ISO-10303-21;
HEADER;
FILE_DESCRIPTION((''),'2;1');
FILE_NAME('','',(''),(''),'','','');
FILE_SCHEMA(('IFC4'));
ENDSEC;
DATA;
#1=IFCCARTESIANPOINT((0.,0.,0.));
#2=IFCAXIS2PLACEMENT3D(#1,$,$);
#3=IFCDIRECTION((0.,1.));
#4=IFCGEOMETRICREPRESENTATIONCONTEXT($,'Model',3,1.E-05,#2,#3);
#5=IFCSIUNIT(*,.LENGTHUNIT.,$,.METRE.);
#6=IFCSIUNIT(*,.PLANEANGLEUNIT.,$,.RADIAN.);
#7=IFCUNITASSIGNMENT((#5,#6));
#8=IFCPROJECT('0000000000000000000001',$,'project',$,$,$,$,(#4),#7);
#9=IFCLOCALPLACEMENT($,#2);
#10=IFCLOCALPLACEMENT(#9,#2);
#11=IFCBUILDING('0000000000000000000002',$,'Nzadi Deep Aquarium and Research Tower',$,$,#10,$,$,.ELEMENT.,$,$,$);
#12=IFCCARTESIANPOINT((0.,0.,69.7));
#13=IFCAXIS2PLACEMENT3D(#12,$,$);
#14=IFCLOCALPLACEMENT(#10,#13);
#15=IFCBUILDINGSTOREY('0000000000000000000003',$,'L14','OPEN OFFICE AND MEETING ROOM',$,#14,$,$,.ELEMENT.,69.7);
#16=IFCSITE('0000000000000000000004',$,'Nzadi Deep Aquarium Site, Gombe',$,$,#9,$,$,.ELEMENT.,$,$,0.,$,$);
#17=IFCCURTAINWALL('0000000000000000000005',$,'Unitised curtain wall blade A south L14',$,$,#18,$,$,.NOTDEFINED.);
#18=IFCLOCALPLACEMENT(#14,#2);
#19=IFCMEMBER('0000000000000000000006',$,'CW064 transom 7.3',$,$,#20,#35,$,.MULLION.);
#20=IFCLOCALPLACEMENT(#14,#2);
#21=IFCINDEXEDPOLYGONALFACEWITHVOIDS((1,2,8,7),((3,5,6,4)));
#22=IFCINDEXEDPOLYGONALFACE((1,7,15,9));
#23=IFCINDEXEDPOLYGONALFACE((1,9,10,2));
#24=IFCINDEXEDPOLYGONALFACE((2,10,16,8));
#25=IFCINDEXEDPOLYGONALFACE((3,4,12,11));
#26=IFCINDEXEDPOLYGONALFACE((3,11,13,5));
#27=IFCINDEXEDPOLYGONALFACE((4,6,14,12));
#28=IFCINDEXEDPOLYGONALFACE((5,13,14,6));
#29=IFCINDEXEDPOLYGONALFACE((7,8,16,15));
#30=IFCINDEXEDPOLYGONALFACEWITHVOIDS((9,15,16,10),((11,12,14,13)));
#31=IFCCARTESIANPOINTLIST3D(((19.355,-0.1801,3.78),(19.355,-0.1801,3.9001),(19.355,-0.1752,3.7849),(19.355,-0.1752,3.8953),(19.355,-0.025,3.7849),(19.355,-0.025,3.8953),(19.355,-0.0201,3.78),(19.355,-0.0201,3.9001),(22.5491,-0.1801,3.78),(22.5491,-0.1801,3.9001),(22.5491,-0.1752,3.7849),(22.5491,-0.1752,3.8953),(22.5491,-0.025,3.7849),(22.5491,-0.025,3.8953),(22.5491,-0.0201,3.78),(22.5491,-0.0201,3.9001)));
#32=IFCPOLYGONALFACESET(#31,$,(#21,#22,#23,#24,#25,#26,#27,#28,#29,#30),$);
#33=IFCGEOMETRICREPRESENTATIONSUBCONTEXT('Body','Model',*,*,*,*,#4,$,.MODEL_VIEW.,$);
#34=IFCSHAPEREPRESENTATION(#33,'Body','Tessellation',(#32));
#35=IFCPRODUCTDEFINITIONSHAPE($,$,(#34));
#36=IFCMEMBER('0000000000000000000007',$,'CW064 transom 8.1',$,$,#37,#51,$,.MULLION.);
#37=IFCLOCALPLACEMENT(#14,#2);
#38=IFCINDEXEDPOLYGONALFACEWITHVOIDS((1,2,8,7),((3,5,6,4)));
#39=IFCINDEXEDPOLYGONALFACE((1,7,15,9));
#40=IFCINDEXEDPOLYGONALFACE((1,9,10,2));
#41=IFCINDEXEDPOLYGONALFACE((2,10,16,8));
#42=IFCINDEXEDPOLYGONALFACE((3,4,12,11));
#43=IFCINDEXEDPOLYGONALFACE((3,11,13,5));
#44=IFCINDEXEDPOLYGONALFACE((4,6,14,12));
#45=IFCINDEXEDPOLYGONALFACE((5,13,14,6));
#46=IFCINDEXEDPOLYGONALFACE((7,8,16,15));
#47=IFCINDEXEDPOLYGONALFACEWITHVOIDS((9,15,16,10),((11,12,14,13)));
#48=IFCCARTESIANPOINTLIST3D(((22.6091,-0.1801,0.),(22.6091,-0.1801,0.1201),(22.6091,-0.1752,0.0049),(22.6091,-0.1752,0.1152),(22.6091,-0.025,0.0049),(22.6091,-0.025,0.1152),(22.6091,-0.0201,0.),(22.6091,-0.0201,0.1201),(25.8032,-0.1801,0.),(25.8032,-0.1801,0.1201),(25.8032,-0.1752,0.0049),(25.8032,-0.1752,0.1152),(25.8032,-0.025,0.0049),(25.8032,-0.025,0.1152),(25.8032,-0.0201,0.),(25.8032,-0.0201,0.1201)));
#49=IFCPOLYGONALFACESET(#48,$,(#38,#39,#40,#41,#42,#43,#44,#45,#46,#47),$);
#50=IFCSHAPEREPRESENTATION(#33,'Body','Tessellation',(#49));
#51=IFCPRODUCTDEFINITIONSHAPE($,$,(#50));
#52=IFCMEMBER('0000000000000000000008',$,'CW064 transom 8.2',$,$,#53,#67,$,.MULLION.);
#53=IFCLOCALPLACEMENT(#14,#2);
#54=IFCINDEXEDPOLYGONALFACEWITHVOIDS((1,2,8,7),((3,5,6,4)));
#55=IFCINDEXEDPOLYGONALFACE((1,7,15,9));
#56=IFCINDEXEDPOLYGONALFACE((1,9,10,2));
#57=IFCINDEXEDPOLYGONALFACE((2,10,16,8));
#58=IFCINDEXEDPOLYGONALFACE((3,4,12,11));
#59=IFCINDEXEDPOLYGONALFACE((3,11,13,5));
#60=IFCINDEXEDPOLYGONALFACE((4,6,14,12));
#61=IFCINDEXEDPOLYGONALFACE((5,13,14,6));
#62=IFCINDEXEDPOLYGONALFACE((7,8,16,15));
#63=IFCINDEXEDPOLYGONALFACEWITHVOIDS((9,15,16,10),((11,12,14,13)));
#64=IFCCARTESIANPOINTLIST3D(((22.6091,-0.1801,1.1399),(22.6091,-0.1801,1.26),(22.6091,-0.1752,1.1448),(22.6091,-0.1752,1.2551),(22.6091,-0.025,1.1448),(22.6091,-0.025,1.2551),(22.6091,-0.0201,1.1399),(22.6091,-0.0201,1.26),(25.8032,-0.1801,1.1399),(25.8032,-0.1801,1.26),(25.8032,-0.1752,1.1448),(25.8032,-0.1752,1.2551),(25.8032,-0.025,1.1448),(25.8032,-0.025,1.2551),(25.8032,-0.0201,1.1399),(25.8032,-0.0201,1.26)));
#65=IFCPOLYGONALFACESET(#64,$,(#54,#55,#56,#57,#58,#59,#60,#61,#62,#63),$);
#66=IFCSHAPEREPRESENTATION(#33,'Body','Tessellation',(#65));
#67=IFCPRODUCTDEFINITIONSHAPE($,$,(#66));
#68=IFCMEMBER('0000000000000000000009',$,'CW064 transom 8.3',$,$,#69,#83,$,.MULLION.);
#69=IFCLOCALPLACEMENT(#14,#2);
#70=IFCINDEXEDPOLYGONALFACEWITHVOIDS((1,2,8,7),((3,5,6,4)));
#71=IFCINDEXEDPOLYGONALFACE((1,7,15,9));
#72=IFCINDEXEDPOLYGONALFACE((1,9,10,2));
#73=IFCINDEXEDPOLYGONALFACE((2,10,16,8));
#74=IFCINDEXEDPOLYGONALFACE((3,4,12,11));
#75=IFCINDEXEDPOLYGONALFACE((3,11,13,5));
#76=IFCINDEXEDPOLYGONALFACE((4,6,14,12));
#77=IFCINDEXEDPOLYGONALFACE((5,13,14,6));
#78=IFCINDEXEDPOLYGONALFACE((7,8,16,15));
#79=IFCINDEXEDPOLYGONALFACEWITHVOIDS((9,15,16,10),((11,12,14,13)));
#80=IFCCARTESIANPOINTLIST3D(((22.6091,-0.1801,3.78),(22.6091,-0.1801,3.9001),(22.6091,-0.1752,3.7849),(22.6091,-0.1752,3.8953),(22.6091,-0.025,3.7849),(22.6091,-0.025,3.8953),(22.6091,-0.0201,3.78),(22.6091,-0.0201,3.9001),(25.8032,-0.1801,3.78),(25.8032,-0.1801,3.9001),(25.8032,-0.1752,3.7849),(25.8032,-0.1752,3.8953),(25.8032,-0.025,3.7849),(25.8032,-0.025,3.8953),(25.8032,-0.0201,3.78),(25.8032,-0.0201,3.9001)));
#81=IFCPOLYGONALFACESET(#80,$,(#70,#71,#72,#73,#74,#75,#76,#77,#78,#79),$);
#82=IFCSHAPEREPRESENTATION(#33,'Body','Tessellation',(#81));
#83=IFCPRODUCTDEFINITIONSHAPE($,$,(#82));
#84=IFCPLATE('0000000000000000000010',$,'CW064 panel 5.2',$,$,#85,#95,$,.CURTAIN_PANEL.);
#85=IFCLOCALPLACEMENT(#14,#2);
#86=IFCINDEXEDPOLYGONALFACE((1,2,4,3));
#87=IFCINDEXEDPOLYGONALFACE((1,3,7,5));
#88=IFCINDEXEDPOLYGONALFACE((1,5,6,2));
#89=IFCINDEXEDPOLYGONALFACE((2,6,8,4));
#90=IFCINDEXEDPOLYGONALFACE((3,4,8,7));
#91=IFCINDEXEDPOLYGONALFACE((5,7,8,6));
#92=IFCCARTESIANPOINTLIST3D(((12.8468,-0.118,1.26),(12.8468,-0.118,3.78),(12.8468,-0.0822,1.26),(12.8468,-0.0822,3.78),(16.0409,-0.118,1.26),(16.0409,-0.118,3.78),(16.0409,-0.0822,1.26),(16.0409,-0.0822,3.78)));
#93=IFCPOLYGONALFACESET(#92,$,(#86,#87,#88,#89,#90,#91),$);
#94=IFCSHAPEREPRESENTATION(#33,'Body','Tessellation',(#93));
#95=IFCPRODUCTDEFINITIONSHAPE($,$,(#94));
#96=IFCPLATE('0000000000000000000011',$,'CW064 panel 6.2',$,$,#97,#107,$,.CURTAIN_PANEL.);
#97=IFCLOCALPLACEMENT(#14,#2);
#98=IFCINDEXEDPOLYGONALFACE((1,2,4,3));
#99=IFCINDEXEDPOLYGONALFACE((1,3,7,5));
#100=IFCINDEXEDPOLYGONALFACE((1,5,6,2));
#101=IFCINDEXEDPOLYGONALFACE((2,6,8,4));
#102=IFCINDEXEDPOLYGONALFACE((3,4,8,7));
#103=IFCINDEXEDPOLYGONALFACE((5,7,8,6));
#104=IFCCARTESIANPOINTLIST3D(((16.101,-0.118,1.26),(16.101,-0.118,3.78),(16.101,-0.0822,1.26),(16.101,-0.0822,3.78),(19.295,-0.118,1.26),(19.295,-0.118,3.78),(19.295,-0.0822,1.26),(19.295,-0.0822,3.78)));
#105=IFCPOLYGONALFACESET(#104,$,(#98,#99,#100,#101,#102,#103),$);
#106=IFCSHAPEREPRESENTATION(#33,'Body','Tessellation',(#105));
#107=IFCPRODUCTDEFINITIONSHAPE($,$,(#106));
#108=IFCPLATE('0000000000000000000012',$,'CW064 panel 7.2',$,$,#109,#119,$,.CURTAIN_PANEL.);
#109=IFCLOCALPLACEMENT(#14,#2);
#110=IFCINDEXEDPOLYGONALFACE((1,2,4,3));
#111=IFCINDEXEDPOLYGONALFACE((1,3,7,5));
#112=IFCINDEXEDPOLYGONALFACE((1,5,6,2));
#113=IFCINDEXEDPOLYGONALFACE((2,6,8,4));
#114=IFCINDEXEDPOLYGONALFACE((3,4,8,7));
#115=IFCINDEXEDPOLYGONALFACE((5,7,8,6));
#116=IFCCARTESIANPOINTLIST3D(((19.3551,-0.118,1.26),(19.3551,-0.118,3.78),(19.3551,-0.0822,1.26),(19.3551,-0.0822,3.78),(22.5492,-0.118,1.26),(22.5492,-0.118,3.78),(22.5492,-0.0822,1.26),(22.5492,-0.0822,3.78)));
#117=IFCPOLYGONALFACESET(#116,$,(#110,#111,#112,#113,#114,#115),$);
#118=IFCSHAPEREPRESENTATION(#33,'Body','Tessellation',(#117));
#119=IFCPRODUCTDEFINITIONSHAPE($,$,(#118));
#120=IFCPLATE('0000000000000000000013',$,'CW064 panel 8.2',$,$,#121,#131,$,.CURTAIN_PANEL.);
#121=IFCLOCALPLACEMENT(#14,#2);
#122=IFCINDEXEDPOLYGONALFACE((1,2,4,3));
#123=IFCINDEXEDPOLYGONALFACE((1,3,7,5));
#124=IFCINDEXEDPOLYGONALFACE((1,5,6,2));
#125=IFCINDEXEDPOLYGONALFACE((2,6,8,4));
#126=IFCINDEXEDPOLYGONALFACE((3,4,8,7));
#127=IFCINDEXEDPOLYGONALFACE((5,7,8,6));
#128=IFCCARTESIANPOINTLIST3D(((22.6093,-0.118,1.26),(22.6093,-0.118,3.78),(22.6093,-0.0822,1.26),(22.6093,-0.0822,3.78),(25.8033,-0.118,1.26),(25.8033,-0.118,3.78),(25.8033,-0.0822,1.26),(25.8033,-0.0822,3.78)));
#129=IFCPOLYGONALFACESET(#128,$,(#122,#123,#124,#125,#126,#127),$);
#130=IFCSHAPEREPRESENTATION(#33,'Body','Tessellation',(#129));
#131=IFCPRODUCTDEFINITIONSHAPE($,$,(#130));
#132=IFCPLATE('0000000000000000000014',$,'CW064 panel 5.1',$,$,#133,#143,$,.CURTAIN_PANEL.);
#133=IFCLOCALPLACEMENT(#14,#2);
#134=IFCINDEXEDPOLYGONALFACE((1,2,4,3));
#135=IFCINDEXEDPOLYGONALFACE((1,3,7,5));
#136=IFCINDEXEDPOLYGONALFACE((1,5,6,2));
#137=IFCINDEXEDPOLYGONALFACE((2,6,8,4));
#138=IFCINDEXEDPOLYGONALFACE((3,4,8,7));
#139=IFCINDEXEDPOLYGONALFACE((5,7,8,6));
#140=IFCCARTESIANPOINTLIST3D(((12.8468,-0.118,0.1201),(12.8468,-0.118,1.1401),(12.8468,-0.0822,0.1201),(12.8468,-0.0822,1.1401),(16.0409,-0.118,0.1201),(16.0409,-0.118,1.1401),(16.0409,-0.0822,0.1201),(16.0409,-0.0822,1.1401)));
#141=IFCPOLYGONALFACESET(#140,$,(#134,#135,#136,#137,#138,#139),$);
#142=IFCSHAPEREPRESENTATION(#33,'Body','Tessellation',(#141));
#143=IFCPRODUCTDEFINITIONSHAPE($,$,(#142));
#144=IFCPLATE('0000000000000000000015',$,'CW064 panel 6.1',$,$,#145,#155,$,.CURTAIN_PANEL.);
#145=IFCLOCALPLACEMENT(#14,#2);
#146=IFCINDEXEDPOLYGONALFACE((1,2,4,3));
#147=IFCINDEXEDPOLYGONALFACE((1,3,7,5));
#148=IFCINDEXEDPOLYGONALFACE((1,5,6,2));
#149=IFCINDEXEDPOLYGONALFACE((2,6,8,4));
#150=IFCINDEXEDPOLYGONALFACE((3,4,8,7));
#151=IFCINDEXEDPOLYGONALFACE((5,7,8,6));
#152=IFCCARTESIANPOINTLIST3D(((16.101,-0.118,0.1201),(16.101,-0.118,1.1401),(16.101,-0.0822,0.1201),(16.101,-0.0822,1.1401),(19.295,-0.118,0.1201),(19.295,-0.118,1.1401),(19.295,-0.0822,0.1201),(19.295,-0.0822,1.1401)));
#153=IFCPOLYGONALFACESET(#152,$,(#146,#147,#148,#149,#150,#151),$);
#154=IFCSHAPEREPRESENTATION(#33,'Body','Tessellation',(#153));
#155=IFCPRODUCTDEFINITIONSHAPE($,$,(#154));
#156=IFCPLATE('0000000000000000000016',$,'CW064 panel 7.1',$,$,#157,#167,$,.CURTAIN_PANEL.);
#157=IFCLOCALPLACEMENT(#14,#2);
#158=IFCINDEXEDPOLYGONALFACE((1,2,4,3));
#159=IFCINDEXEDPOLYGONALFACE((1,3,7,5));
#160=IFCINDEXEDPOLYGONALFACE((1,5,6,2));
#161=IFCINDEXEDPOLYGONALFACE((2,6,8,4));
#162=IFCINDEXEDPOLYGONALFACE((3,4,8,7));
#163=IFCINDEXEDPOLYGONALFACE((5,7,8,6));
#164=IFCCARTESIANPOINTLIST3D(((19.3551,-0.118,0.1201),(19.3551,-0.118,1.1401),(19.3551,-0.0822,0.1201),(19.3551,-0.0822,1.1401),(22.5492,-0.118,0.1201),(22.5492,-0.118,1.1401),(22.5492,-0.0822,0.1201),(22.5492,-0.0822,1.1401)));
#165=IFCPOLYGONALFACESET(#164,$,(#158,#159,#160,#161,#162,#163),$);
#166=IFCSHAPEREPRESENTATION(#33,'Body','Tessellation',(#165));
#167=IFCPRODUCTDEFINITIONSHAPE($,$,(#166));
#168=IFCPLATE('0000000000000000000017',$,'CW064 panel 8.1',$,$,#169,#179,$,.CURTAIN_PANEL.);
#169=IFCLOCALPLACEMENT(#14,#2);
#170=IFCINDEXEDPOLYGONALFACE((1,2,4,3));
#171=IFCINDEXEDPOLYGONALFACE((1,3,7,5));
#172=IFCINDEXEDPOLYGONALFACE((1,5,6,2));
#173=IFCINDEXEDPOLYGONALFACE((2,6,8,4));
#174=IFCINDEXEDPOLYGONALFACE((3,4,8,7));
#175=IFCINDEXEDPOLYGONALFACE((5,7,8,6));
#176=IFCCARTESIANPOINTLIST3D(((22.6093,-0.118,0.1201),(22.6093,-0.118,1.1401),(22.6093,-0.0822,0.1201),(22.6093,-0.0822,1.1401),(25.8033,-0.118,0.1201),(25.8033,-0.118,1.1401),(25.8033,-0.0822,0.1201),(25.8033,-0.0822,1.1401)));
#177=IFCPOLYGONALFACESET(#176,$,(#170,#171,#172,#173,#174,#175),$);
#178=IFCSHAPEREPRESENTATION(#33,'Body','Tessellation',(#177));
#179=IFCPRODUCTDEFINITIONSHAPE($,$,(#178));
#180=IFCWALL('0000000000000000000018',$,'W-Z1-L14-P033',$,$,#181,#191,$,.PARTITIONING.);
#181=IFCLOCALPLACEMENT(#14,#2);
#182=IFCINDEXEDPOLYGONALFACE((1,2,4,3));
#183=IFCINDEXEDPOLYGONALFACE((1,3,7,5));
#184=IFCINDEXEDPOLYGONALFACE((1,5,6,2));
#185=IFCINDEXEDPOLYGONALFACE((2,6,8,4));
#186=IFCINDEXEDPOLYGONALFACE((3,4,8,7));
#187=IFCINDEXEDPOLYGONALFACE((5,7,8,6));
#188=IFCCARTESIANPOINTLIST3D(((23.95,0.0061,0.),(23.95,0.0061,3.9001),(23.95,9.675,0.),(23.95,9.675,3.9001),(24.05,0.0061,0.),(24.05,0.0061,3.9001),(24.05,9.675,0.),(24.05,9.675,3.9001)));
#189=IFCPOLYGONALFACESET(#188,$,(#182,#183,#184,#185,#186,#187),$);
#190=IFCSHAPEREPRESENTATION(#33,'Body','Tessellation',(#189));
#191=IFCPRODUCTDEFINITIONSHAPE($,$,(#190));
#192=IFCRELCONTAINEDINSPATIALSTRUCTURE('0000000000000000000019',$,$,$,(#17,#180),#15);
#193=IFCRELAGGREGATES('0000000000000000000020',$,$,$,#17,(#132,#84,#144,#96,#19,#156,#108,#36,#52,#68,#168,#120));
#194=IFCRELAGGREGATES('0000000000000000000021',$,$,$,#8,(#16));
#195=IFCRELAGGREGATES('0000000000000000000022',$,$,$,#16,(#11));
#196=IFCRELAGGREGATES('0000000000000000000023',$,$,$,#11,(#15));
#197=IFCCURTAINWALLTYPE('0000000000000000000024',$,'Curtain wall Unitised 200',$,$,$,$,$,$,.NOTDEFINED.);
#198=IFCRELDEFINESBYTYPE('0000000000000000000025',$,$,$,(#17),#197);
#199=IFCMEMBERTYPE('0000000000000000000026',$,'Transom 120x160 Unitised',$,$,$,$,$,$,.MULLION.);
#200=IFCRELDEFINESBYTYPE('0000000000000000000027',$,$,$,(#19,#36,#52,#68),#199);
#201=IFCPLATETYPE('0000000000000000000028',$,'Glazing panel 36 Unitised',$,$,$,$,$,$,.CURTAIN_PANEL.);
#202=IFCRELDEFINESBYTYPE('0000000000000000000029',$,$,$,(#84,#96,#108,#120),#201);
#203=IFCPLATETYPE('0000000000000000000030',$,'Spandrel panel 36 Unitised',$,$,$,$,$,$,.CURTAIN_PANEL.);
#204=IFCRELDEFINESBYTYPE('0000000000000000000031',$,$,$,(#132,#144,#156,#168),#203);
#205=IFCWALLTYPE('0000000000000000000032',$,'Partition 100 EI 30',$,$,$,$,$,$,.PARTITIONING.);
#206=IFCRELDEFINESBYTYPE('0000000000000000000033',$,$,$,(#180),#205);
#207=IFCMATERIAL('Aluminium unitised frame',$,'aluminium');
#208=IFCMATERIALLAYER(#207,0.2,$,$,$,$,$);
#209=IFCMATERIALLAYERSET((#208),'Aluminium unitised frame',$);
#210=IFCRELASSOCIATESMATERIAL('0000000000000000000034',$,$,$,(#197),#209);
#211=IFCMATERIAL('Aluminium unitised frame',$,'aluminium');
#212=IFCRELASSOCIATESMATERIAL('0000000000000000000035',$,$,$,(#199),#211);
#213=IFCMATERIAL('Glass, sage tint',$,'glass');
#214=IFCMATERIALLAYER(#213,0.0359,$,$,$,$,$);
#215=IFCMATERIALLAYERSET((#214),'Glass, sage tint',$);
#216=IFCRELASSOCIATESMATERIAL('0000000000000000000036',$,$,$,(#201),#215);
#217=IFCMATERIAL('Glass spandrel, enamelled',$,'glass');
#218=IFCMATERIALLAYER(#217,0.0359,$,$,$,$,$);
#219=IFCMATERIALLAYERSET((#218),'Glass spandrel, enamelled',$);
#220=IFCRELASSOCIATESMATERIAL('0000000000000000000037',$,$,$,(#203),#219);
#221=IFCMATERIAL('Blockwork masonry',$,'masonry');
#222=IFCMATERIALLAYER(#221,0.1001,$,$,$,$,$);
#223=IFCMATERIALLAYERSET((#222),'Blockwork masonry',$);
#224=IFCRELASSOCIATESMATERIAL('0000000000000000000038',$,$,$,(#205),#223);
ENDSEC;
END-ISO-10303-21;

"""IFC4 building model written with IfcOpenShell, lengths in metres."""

from ifc_helpers import new_model, si_unit, direction, frame, frame_2d, origin, origin_2d, place, context, subcontext, project, spatial, rectangle, hollow_rectangle, extrude, material, layer, layer_set, material_profile, profile_set, type_object, element, aggregate, save


model = new_model("IFC4")

# Units and contexts
model_context = context("Model", 3, precision=1e-05, world=origin(), true_north=direction((0.0, 1.0)))
body_context = subcontext(model_context, "Body", "Model", "MODEL_VIEW")
ifc_project = project(units=[si_unit("LENGTHUNIT", "METRE"), si_unit("PLANEANGLEUNIT", "RADIAN")], contexts=[model_context])

# Site, building, storey
site_placement = place(None, origin())
site = spatial("IfcSite", under=ifc_project, at=site_placement, Name="Nzadi Deep Aquarium Site, Gombe", CompositionType="ELEMENT", RefElevation=0.0)
building_placement = place(site_placement, origin())
building = spatial("IfcBuilding", under=site, at=building_placement, Name="Nzadi Deep Aquarium and Research Tower", CompositionType="ELEMENT")
storey_placement = place(building_placement, frame((0.0, 0.0, 69.7)))
storey = spatial("IfcBuildingStorey", under=building, at=storey_placement, Name="L14", Description="OPEN OFFICE AND MEETING ROOM", CompositionType="ELEMENT", Elevation=69.7)

# Curtain wall
ifc_material_1 = material(Name="Aluminium unitised frame", Category="aluminium")
ifc_layer_1 = layer(ifc_material_1, 0.2)
ifc_layer_set_1 = layer_set([ifc_layer_1], Name="Aluminium unitised frame")
curtain_wall_type = type_object("IfcCurtainWallType", Name="Curtain wall Unitised 200", PredefinedType="NOTDEFINED", material=ifc_layer_set_1)
curtain_wall_placement = place(storey_placement, origin())
curtain_wall = element("IfcCurtainWall", 1, at=curtain_wall_placement, inside=storey, type_object=curtain_wall_type, Name="Unitised curtain wall blade A south L14", PredefinedType="NOTDEFINED")

# Members
ifc_material_2 = material(Name="Aluminium unitised frame", Category="aluminium")
ifc_material_profile_1 = material_profile(ifc_material_2, hollow_rectangle(XDim=0.1599, YDim=0.1201, WallThickness=0.0049, at=origin_2d()))
ifc_profile_set_1 = profile_set([ifc_material_profile_1], Name="Aluminium unitised frame")
member_type_1 = type_object("IfcMemberType", Name="Transom 120x160 Unitised", PredefinedType="MULLION", material=ifc_profile_set_1)
member_1_placement = place(storey_placement, frame((19.355, -0.1001, 3.8401), z_axis=(1.0, 0.0, 0.0), x_axis=(0.0, 1.0, 0.0)))
member_1 = element("IfcMember", 2, at=member_1_placement, type_object=member_type_1, Name="CW064 transom 7.3", PredefinedType="MULLION", context=body_context, shape_type="SweptSolid", body=[
    extrude(hollow_rectangle(XDim=0.1599, YDim=0.1201, WallThickness=0.0049, at=origin_2d()), origin(), (0.0, 0.0, 1.0), 3.1941),
])
member_2_placement = place(storey_placement, frame((22.6091, -0.1001, 0.0601), z_axis=(1.0, 0.0, 0.0), x_axis=(0.0, 1.0, 0.0)))
member_2 = element("IfcMember", 3, at=member_2_placement, type_object=member_type_1, Name="CW064 transom 8.1", PredefinedType="MULLION", context=body_context, shape_type="SweptSolid", body=[
    extrude(hollow_rectangle(XDim=0.1599, YDim=0.1201, WallThickness=0.0049, at=origin_2d()), origin(), (0.0, 0.0, 1.0), 3.1941),
])
member_3_placement = place(storey_placement, frame((22.6091, -0.1001, 1.2), z_axis=(1.0, 0.0, 0.0), x_axis=(0.0, 1.0, 0.0)))
member_3 = element("IfcMember", 4, at=member_3_placement, type_object=member_type_1, Name="CW064 transom 8.2", PredefinedType="MULLION", context=body_context, shape_type="SweptSolid", body=[
    extrude(hollow_rectangle(XDim=0.1599, YDim=0.1201, WallThickness=0.0049, at=origin_2d()), origin(), (0.0, 0.0, 1.0), 3.1941),
])
member_4_placement = place(storey_placement, frame((22.6091, -0.1001, 3.8401), z_axis=(1.0, 0.0, 0.0), x_axis=(0.0, 1.0, 0.0)))
member_4 = element("IfcMember", 5, at=member_4_placement, type_object=member_type_1, Name="CW064 transom 8.3", PredefinedType="MULLION", context=body_context, shape_type="SweptSolid", body=[
    extrude(hollow_rectangle(XDim=0.1599, YDim=0.1201, WallThickness=0.0049, at=origin_2d()), origin(), (0.0, 0.0, 1.0), 3.1941),
])

# Plates
ifc_material_3 = material(Name="Glass, sage tint", Category="glass")
ifc_layer_2 = layer(ifc_material_3, 0.0359)
ifc_layer_set_2 = layer_set([ifc_layer_2], Name="Glass, sage tint")
plate_type_1 = type_object("IfcPlateType", Name="Glazing panel 36 Unitised", PredefinedType="CURTAIN_PANEL", material=ifc_layer_set_2)
plate_1_placement = place(storey_placement, frame((14.4438, -0.1001, 1.26), z_axis=(0.0, 0.0, 1.0), x_axis=(1.0, 0.0, 0.0)))
plate_1 = element("IfcPlate", 6, at=plate_1_placement, type_object=plate_type_1, Name="CW064 panel 5.2", PredefinedType="CURTAIN_PANEL", context=body_context, shape_type="SweptSolid", body=[
    extrude(rectangle(XDim=3.1941, YDim=0.0359, at=origin_2d()), origin(), (0.0, 0.0, 1.0), 2.52),
])
plate_2_placement = place(storey_placement, frame((17.698, -0.1001, 1.26), z_axis=(0.0, 0.0, 1.0), x_axis=(1.0, 0.0, 0.0)))
plate_2 = element("IfcPlate", 7, at=plate_2_placement, type_object=plate_type_1, Name="CW064 panel 6.2", PredefinedType="CURTAIN_PANEL", context=body_context, shape_type="SweptSolid", body=[
    extrude(rectangle(XDim=3.1941, YDim=0.0359, at=origin_2d()), origin(), (0.0, 0.0, 1.0), 2.52),
])
plate_3_placement = place(storey_placement, frame((20.9521, -0.1001, 1.26), z_axis=(0.0, 0.0, 1.0), x_axis=(1.0, 0.0, 0.0)))
plate_3 = element("IfcPlate", 8, at=plate_3_placement, type_object=plate_type_1, Name="CW064 panel 7.2", PredefinedType="CURTAIN_PANEL", context=body_context, shape_type="SweptSolid", body=[
    extrude(rectangle(XDim=3.1941, YDim=0.0359, at=origin_2d()), origin(), (0.0, 0.0, 1.0), 2.52),
])
plate_4_placement = place(storey_placement, frame((24.2063, -0.1001, 1.26), z_axis=(0.0, 0.0, 1.0), x_axis=(1.0, 0.0, 0.0)))
plate_4 = element("IfcPlate", 9, at=plate_4_placement, type_object=plate_type_1, Name="CW064 panel 8.2", PredefinedType="CURTAIN_PANEL", context=body_context, shape_type="SweptSolid", body=[
    extrude(rectangle(XDim=3.1941, YDim=0.0359, at=origin_2d()), origin(), (0.0, 0.0, 1.0), 2.52),
])
ifc_material_4 = material(Name="Glass spandrel, enamelled", Category="glass")
ifc_layer_3 = layer(ifc_material_4, 0.0359)
ifc_layer_set_3 = layer_set([ifc_layer_3], Name="Glass spandrel, enamelled")
plate_type_2 = type_object("IfcPlateType", Name="Spandrel panel 36 Unitised", PredefinedType="CURTAIN_PANEL", material=ifc_layer_set_3)
plate_5_placement = place(storey_placement, frame((14.4438, -0.1001, 0.1201), z_axis=(0.0, 0.0, 1.0), x_axis=(1.0, 0.0, 0.0)))
plate_5 = element("IfcPlate", 10, at=plate_5_placement, type_object=plate_type_2, Name="CW064 panel 5.1", PredefinedType="CURTAIN_PANEL", context=body_context, shape_type="SweptSolid", body=[
    extrude(rectangle(XDim=3.1941, YDim=0.0359, at=origin_2d()), origin(), (0.0, 0.0, 1.0), 1.02),
])
plate_6_placement = place(storey_placement, frame((17.698, -0.1001, 0.1201), z_axis=(0.0, 0.0, 1.0), x_axis=(1.0, 0.0, 0.0)))
plate_6 = element("IfcPlate", 11, at=plate_6_placement, type_object=plate_type_2, Name="CW064 panel 6.1", PredefinedType="CURTAIN_PANEL", context=body_context, shape_type="SweptSolid", body=[
    extrude(rectangle(XDim=3.1941, YDim=0.0359, at=origin_2d()), origin(), (0.0, 0.0, 1.0), 1.02),
])
plate_7_placement = place(storey_placement, frame((20.9521, -0.1001, 0.1201), z_axis=(0.0, 0.0, 1.0), x_axis=(1.0, 0.0, 0.0)))
plate_7 = element("IfcPlate", 12, at=plate_7_placement, type_object=plate_type_2, Name="CW064 panel 7.1", PredefinedType="CURTAIN_PANEL", context=body_context, shape_type="SweptSolid", body=[
    extrude(rectangle(XDim=3.1941, YDim=0.0359, at=origin_2d()), origin(), (0.0, 0.0, 1.0), 1.02),
])
plate_8_placement = place(storey_placement, frame((24.2063, -0.1001, 0.1201), z_axis=(0.0, 0.0, 1.0), x_axis=(1.0, 0.0, 0.0)))
plate_8 = element("IfcPlate", 13, at=plate_8_placement, type_object=plate_type_2, Name="CW064 panel 8.1", PredefinedType="CURTAIN_PANEL", context=body_context, shape_type="SweptSolid", body=[
    extrude(rectangle(XDim=3.1941, YDim=0.0359, at=origin_2d()), origin(), (0.0, 0.0, 1.0), 1.02),
])
aggregate(curtain_wall, [plate_5, plate_1, plate_6, plate_2, member_1, plate_7, plate_3, member_2, member_3, member_4, plate_8, plate_4])

# Wall
ifc_material_5 = material(Name="Blockwork masonry", Category="masonry")
ifc_layer_4 = layer(ifc_material_5, 0.1001)
ifc_layer_set_4 = layer_set([ifc_layer_4], Name="Blockwork masonry")
wall_type = type_object("IfcWallType", Name="Partition 100 EI 30", PredefinedType="PARTITIONING", material=ifc_layer_set_4)
wall_placement = place(storey_placement, frame((24.0, 0.0061, 0.0), z_axis=(0.0, 0.0, 1.0), x_axis=(0.0, 1.0, 0.0)))
element("IfcWall", 14, at=wall_placement, inside=storey, type_object=wall_type, Name="W-Z1-L14-P033", PredefinedType="PARTITIONING", context=body_context, shape_type="SweptSolid", body=[
    extrude(rectangle(XDim=9.6689, YDim=0.1001, at=frame_2d((4.8345, 0.0))), origin(), (0.0, 0.0, 1.0), 3.9001),
])

save(model, "model.ifc")
